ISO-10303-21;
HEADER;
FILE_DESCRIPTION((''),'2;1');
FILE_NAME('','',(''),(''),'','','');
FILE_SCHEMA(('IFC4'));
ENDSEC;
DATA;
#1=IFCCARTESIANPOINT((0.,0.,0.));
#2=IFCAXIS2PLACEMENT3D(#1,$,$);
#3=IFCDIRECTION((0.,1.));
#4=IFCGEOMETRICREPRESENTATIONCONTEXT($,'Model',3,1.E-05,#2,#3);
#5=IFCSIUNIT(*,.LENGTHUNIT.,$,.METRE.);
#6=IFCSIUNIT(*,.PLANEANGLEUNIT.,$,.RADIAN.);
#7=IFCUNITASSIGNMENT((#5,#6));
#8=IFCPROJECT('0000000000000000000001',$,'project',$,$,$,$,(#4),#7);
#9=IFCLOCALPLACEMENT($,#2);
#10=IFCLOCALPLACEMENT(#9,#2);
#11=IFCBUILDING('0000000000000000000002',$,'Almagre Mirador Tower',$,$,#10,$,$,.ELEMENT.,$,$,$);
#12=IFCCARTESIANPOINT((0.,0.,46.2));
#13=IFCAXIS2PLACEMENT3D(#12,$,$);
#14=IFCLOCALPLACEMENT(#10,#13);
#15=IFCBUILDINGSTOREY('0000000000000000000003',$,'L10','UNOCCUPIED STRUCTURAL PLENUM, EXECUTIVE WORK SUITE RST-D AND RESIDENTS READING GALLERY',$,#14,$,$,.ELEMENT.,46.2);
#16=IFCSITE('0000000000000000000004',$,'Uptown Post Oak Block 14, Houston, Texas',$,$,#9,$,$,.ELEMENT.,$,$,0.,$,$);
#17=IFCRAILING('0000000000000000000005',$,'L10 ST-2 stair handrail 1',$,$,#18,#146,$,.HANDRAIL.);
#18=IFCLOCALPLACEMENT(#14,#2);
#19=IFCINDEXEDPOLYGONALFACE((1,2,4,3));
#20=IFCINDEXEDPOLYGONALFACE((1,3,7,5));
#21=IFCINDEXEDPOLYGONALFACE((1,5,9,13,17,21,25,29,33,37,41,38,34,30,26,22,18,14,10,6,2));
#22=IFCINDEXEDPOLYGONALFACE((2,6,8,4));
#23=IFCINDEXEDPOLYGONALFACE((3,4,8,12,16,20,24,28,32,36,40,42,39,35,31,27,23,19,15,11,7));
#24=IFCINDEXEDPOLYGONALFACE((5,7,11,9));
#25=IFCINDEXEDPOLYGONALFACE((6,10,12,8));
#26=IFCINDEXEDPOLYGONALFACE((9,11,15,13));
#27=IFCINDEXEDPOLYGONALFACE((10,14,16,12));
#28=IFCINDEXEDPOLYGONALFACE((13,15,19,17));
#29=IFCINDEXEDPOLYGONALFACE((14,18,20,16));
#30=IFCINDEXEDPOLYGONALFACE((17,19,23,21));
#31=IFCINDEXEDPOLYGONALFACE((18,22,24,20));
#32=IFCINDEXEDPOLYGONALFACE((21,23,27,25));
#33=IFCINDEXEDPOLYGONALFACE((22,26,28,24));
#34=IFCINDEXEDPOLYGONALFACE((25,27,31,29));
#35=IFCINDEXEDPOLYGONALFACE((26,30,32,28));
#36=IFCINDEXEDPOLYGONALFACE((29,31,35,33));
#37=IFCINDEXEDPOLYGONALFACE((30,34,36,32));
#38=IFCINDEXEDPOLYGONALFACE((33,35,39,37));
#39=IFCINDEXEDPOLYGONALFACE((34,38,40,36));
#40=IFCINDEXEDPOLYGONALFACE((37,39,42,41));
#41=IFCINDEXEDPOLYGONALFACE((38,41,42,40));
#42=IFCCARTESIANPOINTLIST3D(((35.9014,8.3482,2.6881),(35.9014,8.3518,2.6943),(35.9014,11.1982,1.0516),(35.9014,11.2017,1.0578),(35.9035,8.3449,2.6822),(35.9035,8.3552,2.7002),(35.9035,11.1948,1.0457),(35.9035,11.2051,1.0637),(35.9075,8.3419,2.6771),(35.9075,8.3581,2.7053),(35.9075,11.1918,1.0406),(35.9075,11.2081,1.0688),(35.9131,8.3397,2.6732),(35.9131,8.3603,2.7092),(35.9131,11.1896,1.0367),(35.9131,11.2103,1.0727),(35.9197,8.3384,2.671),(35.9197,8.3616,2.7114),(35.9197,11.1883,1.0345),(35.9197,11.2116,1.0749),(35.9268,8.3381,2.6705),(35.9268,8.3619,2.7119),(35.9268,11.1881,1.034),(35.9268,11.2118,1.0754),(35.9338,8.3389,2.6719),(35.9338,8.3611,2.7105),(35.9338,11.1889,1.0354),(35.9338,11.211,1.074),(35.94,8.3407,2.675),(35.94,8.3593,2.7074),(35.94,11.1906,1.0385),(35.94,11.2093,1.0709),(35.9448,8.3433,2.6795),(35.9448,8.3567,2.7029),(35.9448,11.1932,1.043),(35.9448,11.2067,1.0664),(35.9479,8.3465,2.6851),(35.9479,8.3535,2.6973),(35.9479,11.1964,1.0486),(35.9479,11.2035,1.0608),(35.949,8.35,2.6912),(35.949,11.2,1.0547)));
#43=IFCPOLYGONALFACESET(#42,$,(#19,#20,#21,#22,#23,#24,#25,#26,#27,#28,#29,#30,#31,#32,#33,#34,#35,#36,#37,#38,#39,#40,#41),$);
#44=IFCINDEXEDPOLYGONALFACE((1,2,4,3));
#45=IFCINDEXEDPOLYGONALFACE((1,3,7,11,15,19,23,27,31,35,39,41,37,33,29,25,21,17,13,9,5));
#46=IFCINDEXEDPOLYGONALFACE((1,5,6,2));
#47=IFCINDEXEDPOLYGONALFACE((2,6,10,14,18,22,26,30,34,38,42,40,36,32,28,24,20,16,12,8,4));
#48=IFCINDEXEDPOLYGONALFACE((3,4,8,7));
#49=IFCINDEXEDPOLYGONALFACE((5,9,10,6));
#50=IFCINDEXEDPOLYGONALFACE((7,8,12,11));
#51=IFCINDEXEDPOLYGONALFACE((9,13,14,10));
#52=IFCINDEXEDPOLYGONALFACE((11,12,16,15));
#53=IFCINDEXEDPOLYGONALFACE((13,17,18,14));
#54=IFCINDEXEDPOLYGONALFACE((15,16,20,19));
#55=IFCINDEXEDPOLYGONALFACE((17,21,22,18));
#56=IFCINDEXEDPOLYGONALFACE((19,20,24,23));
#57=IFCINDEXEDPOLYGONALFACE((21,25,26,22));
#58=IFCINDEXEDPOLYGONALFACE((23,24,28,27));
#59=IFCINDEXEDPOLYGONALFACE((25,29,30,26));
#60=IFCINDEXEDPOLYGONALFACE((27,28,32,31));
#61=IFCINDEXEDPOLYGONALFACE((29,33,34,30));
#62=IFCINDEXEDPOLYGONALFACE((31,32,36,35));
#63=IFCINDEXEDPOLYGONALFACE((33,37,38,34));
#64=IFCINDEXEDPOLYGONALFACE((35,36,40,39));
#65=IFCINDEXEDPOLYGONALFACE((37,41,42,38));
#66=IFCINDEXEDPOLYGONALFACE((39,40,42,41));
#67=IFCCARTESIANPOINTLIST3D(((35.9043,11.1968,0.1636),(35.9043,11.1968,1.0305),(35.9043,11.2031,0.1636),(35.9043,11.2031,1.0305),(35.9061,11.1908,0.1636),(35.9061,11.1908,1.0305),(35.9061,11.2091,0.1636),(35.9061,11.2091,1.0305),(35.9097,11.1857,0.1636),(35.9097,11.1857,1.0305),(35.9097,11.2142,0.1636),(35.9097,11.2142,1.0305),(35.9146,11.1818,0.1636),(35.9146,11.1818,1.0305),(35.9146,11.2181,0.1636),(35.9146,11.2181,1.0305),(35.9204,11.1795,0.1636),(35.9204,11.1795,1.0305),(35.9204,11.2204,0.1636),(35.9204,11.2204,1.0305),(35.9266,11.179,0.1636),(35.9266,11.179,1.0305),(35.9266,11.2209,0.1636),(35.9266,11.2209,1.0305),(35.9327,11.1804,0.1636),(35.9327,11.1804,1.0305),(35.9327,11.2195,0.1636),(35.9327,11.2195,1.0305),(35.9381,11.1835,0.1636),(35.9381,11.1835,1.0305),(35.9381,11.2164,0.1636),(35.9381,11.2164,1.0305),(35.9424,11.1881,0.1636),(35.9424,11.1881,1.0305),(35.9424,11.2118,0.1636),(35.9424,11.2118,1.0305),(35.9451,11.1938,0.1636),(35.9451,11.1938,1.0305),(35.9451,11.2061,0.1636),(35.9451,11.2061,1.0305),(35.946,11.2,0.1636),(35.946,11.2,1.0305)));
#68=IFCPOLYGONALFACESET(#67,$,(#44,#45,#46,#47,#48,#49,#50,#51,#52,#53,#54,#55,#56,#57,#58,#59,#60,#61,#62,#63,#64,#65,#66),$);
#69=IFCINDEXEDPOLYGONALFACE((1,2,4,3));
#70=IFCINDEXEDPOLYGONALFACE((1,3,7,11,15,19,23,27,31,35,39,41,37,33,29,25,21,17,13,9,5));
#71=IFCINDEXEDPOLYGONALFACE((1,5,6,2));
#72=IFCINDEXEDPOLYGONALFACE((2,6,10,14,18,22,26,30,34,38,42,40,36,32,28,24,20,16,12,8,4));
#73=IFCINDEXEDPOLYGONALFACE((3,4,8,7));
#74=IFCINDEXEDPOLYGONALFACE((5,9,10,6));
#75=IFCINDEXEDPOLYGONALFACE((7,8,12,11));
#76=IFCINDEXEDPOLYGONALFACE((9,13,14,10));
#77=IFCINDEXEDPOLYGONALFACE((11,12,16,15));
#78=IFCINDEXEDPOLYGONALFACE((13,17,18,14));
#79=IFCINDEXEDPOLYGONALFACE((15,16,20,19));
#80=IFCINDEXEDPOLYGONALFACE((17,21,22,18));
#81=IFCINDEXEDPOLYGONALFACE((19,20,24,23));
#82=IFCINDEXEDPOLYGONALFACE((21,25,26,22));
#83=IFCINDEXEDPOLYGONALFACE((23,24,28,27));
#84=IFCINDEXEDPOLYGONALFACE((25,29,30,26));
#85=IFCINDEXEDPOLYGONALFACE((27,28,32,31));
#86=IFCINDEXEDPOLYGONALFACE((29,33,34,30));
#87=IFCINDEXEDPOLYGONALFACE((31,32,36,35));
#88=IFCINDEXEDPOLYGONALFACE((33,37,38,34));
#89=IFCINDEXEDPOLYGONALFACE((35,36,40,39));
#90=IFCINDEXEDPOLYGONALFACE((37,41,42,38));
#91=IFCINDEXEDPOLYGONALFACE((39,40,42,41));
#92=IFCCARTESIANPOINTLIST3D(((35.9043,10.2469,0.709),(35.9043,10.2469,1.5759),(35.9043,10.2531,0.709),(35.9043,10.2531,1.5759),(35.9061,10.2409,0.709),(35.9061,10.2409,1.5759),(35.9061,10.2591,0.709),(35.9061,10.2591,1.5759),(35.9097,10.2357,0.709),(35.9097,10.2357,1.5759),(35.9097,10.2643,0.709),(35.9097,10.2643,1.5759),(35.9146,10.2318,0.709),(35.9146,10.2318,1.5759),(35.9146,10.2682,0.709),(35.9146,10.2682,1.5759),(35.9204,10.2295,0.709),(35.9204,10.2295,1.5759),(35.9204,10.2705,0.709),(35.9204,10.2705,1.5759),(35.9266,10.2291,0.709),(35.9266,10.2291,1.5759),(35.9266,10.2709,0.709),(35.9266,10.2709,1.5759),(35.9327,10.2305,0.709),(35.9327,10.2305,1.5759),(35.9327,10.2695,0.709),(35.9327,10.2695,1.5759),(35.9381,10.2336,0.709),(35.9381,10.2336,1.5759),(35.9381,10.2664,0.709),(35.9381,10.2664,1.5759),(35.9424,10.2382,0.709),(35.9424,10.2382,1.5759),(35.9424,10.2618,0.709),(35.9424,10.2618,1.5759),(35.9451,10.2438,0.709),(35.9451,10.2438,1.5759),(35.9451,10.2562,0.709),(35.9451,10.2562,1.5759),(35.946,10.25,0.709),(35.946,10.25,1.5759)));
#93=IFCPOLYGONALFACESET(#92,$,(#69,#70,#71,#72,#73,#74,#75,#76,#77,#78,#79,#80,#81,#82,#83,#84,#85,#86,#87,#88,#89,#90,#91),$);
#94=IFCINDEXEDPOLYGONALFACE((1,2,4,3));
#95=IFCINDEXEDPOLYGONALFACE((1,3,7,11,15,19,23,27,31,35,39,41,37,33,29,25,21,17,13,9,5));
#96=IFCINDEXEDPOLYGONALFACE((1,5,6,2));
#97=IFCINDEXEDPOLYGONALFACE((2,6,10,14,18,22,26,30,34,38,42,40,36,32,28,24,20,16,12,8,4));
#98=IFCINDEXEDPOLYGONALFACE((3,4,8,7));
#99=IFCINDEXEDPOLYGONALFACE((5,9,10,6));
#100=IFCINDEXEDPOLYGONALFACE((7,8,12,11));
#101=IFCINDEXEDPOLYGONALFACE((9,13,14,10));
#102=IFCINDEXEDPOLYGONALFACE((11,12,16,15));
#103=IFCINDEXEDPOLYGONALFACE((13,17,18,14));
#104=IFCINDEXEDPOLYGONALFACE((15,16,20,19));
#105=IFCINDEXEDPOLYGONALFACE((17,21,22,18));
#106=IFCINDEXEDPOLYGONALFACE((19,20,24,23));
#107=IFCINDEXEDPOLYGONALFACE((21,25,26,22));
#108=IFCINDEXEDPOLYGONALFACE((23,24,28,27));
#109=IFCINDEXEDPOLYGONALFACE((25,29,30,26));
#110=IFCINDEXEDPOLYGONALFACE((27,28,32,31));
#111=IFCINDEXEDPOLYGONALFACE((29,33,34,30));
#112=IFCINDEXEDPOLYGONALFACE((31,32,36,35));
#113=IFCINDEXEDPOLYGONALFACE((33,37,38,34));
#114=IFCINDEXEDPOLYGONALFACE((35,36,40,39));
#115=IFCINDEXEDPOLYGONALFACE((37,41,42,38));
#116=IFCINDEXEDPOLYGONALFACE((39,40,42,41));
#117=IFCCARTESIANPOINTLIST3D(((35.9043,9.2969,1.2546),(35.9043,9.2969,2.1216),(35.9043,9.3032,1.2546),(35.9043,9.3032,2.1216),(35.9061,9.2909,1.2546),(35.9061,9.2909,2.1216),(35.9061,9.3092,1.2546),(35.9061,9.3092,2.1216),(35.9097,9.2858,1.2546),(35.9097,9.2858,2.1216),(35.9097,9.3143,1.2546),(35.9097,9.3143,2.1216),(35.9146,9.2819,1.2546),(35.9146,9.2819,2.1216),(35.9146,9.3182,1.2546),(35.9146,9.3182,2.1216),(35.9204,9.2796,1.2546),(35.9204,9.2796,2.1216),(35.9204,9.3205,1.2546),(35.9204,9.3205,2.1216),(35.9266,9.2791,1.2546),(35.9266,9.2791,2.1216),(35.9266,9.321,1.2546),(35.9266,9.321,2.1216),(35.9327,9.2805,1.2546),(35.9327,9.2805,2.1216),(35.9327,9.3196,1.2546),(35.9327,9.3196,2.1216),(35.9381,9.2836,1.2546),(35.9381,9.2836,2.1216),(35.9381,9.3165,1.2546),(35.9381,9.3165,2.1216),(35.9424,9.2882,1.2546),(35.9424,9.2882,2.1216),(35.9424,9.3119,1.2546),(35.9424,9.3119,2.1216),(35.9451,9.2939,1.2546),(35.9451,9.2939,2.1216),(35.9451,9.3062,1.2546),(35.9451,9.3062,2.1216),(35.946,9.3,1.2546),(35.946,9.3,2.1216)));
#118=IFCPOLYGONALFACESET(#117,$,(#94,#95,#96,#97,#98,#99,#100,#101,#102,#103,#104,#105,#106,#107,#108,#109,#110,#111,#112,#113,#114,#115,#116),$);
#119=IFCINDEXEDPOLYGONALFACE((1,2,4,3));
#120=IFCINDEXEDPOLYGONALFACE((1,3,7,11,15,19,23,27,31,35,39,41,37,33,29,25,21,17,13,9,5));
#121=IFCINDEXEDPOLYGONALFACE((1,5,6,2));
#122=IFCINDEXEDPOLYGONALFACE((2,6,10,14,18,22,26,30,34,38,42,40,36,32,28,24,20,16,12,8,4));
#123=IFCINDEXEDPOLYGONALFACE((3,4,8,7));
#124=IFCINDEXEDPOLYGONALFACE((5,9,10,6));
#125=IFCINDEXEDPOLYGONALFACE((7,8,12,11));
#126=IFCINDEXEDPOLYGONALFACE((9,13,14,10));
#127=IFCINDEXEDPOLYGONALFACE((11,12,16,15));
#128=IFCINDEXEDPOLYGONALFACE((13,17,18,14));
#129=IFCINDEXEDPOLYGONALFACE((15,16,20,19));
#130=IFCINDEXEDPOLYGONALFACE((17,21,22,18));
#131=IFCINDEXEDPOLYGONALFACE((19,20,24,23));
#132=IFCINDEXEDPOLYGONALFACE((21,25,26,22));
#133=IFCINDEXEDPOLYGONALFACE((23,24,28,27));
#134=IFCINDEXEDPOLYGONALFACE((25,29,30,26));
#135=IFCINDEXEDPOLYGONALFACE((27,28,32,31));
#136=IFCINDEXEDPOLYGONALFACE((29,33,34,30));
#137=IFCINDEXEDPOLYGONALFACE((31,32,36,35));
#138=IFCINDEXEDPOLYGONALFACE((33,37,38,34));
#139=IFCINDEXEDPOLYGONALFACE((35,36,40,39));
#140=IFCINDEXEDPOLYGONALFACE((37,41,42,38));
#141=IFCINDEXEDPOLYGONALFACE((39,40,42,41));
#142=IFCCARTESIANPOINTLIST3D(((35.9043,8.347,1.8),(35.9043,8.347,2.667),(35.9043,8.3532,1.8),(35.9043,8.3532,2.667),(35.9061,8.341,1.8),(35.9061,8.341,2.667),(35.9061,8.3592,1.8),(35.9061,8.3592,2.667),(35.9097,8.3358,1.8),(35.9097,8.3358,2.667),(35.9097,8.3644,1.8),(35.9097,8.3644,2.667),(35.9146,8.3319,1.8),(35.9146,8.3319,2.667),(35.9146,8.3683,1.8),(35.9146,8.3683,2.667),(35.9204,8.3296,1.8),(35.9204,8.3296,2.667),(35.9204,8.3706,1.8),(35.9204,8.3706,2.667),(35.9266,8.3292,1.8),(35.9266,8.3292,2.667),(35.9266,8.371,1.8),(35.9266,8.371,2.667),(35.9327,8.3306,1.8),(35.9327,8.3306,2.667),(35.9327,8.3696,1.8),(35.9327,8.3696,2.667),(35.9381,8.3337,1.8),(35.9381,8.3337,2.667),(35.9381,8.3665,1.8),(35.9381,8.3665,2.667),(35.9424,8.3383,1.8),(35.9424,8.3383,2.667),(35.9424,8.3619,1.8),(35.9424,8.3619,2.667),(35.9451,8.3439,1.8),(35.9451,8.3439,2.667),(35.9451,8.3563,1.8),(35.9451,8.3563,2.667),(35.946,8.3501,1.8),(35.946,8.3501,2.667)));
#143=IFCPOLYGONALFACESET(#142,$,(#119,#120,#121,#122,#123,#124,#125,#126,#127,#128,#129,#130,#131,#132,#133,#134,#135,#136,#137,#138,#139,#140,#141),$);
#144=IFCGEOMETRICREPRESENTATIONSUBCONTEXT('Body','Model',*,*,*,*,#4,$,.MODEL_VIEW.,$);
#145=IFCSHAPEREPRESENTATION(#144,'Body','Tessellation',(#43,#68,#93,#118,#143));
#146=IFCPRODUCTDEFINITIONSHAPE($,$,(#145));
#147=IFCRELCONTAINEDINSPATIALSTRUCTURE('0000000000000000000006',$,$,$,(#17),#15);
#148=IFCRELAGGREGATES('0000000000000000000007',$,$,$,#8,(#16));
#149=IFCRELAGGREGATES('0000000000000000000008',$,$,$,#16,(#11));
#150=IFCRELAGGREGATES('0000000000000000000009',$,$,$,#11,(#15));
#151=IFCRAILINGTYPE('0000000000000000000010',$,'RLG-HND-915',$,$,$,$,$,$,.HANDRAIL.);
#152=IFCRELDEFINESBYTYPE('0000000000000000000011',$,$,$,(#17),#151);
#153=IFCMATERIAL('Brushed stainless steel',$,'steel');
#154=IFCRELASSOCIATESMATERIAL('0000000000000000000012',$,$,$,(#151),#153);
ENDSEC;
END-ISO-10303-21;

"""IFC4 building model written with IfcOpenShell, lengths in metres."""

from ifc_helpers import new_model, si_unit, direction, frame, origin, origin_2d, place, context, subcontext, project, spatial, circle, extrude, material, type_object, element, save


model = new_model("IFC4")

# Units and contexts
model_context = context("Model", 3, precision=1e-05, world=origin(), true_north=direction((0.0, 1.0)))
body_context = subcontext(model_context, "Body", "Model", "MODEL_VIEW")
ifc_project = project(units=[si_unit("LENGTHUNIT", "METRE"), si_unit("PLANEANGLEUNIT", "RADIAN")], contexts=[model_context])

# Site, building, storey
site_placement = place(None, origin())
site = spatial("IfcSite", under=ifc_project, at=site_placement, Name="Uptown Post Oak Block 14, Houston, Texas", CompositionType="ELEMENT", RefElevation=0.0)
building_placement = place(site_placement, origin())
building = spatial("IfcBuilding", under=site, at=building_placement, Name="Almagre Mirador Tower", CompositionType="ELEMENT")
storey_placement = place(building_placement, frame((0.0, 0.0, 46.2)))
storey = spatial("IfcBuildingStorey", under=building, at=storey_placement, Name="L10", Description="UNOCCUPIED STRUCTURAL PLENUM, EXECUTIVE WORK SUITE RST-D AND RESIDENTS READING GALLERY", CompositionType="ELEMENT", Elevation=46.2)

# Railing
ifc_material_1 = material(Name="Brushed stainless steel", Category="steel")
railing_type_1 = type_object("IfcRailingType", Name="RLG-HND-915", PredefinedType="HANDRAIL", material=ifc_material_1)
railing_1_placement = place(storey_placement, frame((35.925, 11.2, 0.1636)))
element("IfcRailing", 1, at=railing_1_placement, inside=storey, type_object=railing_type_1, Name="L10 ST-2 stair handrail 1", PredefinedType="HANDRAIL", context=body_context, shape_type="SweptSolid", body=[
    extrude(circle(Radius=0.0239, at=origin_2d()), frame((0.0, 0.0, 0.8911), z_axis=(0.0, -0.867194, 0.49797), x_axis=(1.0, 0.0, 0.0)), (0.0, 0.0, 1.0), 3.2864),
    extrude(circle(Radius=0.021, at=origin_2d()), origin(), (0.0, 0.0, 1.0), 0.8669),
    extrude(circle(Radius=0.021, at=origin_2d()), frame((0.0, -0.95, 0.5454)), (0.0, 0.0, 1.0), 0.8669),
    extrude(circle(Radius=0.021, at=origin_2d()), frame((0.0, -1.8999, 1.0911)), (0.0, 0.0, 1.0), 0.8669),
    extrude(circle(Radius=0.021, at=origin_2d()), frame((0.0, -2.8499, 1.6365)), (0.0, 0.0, 1.0), 0.8669),
])

save(model, "model.ifc")
